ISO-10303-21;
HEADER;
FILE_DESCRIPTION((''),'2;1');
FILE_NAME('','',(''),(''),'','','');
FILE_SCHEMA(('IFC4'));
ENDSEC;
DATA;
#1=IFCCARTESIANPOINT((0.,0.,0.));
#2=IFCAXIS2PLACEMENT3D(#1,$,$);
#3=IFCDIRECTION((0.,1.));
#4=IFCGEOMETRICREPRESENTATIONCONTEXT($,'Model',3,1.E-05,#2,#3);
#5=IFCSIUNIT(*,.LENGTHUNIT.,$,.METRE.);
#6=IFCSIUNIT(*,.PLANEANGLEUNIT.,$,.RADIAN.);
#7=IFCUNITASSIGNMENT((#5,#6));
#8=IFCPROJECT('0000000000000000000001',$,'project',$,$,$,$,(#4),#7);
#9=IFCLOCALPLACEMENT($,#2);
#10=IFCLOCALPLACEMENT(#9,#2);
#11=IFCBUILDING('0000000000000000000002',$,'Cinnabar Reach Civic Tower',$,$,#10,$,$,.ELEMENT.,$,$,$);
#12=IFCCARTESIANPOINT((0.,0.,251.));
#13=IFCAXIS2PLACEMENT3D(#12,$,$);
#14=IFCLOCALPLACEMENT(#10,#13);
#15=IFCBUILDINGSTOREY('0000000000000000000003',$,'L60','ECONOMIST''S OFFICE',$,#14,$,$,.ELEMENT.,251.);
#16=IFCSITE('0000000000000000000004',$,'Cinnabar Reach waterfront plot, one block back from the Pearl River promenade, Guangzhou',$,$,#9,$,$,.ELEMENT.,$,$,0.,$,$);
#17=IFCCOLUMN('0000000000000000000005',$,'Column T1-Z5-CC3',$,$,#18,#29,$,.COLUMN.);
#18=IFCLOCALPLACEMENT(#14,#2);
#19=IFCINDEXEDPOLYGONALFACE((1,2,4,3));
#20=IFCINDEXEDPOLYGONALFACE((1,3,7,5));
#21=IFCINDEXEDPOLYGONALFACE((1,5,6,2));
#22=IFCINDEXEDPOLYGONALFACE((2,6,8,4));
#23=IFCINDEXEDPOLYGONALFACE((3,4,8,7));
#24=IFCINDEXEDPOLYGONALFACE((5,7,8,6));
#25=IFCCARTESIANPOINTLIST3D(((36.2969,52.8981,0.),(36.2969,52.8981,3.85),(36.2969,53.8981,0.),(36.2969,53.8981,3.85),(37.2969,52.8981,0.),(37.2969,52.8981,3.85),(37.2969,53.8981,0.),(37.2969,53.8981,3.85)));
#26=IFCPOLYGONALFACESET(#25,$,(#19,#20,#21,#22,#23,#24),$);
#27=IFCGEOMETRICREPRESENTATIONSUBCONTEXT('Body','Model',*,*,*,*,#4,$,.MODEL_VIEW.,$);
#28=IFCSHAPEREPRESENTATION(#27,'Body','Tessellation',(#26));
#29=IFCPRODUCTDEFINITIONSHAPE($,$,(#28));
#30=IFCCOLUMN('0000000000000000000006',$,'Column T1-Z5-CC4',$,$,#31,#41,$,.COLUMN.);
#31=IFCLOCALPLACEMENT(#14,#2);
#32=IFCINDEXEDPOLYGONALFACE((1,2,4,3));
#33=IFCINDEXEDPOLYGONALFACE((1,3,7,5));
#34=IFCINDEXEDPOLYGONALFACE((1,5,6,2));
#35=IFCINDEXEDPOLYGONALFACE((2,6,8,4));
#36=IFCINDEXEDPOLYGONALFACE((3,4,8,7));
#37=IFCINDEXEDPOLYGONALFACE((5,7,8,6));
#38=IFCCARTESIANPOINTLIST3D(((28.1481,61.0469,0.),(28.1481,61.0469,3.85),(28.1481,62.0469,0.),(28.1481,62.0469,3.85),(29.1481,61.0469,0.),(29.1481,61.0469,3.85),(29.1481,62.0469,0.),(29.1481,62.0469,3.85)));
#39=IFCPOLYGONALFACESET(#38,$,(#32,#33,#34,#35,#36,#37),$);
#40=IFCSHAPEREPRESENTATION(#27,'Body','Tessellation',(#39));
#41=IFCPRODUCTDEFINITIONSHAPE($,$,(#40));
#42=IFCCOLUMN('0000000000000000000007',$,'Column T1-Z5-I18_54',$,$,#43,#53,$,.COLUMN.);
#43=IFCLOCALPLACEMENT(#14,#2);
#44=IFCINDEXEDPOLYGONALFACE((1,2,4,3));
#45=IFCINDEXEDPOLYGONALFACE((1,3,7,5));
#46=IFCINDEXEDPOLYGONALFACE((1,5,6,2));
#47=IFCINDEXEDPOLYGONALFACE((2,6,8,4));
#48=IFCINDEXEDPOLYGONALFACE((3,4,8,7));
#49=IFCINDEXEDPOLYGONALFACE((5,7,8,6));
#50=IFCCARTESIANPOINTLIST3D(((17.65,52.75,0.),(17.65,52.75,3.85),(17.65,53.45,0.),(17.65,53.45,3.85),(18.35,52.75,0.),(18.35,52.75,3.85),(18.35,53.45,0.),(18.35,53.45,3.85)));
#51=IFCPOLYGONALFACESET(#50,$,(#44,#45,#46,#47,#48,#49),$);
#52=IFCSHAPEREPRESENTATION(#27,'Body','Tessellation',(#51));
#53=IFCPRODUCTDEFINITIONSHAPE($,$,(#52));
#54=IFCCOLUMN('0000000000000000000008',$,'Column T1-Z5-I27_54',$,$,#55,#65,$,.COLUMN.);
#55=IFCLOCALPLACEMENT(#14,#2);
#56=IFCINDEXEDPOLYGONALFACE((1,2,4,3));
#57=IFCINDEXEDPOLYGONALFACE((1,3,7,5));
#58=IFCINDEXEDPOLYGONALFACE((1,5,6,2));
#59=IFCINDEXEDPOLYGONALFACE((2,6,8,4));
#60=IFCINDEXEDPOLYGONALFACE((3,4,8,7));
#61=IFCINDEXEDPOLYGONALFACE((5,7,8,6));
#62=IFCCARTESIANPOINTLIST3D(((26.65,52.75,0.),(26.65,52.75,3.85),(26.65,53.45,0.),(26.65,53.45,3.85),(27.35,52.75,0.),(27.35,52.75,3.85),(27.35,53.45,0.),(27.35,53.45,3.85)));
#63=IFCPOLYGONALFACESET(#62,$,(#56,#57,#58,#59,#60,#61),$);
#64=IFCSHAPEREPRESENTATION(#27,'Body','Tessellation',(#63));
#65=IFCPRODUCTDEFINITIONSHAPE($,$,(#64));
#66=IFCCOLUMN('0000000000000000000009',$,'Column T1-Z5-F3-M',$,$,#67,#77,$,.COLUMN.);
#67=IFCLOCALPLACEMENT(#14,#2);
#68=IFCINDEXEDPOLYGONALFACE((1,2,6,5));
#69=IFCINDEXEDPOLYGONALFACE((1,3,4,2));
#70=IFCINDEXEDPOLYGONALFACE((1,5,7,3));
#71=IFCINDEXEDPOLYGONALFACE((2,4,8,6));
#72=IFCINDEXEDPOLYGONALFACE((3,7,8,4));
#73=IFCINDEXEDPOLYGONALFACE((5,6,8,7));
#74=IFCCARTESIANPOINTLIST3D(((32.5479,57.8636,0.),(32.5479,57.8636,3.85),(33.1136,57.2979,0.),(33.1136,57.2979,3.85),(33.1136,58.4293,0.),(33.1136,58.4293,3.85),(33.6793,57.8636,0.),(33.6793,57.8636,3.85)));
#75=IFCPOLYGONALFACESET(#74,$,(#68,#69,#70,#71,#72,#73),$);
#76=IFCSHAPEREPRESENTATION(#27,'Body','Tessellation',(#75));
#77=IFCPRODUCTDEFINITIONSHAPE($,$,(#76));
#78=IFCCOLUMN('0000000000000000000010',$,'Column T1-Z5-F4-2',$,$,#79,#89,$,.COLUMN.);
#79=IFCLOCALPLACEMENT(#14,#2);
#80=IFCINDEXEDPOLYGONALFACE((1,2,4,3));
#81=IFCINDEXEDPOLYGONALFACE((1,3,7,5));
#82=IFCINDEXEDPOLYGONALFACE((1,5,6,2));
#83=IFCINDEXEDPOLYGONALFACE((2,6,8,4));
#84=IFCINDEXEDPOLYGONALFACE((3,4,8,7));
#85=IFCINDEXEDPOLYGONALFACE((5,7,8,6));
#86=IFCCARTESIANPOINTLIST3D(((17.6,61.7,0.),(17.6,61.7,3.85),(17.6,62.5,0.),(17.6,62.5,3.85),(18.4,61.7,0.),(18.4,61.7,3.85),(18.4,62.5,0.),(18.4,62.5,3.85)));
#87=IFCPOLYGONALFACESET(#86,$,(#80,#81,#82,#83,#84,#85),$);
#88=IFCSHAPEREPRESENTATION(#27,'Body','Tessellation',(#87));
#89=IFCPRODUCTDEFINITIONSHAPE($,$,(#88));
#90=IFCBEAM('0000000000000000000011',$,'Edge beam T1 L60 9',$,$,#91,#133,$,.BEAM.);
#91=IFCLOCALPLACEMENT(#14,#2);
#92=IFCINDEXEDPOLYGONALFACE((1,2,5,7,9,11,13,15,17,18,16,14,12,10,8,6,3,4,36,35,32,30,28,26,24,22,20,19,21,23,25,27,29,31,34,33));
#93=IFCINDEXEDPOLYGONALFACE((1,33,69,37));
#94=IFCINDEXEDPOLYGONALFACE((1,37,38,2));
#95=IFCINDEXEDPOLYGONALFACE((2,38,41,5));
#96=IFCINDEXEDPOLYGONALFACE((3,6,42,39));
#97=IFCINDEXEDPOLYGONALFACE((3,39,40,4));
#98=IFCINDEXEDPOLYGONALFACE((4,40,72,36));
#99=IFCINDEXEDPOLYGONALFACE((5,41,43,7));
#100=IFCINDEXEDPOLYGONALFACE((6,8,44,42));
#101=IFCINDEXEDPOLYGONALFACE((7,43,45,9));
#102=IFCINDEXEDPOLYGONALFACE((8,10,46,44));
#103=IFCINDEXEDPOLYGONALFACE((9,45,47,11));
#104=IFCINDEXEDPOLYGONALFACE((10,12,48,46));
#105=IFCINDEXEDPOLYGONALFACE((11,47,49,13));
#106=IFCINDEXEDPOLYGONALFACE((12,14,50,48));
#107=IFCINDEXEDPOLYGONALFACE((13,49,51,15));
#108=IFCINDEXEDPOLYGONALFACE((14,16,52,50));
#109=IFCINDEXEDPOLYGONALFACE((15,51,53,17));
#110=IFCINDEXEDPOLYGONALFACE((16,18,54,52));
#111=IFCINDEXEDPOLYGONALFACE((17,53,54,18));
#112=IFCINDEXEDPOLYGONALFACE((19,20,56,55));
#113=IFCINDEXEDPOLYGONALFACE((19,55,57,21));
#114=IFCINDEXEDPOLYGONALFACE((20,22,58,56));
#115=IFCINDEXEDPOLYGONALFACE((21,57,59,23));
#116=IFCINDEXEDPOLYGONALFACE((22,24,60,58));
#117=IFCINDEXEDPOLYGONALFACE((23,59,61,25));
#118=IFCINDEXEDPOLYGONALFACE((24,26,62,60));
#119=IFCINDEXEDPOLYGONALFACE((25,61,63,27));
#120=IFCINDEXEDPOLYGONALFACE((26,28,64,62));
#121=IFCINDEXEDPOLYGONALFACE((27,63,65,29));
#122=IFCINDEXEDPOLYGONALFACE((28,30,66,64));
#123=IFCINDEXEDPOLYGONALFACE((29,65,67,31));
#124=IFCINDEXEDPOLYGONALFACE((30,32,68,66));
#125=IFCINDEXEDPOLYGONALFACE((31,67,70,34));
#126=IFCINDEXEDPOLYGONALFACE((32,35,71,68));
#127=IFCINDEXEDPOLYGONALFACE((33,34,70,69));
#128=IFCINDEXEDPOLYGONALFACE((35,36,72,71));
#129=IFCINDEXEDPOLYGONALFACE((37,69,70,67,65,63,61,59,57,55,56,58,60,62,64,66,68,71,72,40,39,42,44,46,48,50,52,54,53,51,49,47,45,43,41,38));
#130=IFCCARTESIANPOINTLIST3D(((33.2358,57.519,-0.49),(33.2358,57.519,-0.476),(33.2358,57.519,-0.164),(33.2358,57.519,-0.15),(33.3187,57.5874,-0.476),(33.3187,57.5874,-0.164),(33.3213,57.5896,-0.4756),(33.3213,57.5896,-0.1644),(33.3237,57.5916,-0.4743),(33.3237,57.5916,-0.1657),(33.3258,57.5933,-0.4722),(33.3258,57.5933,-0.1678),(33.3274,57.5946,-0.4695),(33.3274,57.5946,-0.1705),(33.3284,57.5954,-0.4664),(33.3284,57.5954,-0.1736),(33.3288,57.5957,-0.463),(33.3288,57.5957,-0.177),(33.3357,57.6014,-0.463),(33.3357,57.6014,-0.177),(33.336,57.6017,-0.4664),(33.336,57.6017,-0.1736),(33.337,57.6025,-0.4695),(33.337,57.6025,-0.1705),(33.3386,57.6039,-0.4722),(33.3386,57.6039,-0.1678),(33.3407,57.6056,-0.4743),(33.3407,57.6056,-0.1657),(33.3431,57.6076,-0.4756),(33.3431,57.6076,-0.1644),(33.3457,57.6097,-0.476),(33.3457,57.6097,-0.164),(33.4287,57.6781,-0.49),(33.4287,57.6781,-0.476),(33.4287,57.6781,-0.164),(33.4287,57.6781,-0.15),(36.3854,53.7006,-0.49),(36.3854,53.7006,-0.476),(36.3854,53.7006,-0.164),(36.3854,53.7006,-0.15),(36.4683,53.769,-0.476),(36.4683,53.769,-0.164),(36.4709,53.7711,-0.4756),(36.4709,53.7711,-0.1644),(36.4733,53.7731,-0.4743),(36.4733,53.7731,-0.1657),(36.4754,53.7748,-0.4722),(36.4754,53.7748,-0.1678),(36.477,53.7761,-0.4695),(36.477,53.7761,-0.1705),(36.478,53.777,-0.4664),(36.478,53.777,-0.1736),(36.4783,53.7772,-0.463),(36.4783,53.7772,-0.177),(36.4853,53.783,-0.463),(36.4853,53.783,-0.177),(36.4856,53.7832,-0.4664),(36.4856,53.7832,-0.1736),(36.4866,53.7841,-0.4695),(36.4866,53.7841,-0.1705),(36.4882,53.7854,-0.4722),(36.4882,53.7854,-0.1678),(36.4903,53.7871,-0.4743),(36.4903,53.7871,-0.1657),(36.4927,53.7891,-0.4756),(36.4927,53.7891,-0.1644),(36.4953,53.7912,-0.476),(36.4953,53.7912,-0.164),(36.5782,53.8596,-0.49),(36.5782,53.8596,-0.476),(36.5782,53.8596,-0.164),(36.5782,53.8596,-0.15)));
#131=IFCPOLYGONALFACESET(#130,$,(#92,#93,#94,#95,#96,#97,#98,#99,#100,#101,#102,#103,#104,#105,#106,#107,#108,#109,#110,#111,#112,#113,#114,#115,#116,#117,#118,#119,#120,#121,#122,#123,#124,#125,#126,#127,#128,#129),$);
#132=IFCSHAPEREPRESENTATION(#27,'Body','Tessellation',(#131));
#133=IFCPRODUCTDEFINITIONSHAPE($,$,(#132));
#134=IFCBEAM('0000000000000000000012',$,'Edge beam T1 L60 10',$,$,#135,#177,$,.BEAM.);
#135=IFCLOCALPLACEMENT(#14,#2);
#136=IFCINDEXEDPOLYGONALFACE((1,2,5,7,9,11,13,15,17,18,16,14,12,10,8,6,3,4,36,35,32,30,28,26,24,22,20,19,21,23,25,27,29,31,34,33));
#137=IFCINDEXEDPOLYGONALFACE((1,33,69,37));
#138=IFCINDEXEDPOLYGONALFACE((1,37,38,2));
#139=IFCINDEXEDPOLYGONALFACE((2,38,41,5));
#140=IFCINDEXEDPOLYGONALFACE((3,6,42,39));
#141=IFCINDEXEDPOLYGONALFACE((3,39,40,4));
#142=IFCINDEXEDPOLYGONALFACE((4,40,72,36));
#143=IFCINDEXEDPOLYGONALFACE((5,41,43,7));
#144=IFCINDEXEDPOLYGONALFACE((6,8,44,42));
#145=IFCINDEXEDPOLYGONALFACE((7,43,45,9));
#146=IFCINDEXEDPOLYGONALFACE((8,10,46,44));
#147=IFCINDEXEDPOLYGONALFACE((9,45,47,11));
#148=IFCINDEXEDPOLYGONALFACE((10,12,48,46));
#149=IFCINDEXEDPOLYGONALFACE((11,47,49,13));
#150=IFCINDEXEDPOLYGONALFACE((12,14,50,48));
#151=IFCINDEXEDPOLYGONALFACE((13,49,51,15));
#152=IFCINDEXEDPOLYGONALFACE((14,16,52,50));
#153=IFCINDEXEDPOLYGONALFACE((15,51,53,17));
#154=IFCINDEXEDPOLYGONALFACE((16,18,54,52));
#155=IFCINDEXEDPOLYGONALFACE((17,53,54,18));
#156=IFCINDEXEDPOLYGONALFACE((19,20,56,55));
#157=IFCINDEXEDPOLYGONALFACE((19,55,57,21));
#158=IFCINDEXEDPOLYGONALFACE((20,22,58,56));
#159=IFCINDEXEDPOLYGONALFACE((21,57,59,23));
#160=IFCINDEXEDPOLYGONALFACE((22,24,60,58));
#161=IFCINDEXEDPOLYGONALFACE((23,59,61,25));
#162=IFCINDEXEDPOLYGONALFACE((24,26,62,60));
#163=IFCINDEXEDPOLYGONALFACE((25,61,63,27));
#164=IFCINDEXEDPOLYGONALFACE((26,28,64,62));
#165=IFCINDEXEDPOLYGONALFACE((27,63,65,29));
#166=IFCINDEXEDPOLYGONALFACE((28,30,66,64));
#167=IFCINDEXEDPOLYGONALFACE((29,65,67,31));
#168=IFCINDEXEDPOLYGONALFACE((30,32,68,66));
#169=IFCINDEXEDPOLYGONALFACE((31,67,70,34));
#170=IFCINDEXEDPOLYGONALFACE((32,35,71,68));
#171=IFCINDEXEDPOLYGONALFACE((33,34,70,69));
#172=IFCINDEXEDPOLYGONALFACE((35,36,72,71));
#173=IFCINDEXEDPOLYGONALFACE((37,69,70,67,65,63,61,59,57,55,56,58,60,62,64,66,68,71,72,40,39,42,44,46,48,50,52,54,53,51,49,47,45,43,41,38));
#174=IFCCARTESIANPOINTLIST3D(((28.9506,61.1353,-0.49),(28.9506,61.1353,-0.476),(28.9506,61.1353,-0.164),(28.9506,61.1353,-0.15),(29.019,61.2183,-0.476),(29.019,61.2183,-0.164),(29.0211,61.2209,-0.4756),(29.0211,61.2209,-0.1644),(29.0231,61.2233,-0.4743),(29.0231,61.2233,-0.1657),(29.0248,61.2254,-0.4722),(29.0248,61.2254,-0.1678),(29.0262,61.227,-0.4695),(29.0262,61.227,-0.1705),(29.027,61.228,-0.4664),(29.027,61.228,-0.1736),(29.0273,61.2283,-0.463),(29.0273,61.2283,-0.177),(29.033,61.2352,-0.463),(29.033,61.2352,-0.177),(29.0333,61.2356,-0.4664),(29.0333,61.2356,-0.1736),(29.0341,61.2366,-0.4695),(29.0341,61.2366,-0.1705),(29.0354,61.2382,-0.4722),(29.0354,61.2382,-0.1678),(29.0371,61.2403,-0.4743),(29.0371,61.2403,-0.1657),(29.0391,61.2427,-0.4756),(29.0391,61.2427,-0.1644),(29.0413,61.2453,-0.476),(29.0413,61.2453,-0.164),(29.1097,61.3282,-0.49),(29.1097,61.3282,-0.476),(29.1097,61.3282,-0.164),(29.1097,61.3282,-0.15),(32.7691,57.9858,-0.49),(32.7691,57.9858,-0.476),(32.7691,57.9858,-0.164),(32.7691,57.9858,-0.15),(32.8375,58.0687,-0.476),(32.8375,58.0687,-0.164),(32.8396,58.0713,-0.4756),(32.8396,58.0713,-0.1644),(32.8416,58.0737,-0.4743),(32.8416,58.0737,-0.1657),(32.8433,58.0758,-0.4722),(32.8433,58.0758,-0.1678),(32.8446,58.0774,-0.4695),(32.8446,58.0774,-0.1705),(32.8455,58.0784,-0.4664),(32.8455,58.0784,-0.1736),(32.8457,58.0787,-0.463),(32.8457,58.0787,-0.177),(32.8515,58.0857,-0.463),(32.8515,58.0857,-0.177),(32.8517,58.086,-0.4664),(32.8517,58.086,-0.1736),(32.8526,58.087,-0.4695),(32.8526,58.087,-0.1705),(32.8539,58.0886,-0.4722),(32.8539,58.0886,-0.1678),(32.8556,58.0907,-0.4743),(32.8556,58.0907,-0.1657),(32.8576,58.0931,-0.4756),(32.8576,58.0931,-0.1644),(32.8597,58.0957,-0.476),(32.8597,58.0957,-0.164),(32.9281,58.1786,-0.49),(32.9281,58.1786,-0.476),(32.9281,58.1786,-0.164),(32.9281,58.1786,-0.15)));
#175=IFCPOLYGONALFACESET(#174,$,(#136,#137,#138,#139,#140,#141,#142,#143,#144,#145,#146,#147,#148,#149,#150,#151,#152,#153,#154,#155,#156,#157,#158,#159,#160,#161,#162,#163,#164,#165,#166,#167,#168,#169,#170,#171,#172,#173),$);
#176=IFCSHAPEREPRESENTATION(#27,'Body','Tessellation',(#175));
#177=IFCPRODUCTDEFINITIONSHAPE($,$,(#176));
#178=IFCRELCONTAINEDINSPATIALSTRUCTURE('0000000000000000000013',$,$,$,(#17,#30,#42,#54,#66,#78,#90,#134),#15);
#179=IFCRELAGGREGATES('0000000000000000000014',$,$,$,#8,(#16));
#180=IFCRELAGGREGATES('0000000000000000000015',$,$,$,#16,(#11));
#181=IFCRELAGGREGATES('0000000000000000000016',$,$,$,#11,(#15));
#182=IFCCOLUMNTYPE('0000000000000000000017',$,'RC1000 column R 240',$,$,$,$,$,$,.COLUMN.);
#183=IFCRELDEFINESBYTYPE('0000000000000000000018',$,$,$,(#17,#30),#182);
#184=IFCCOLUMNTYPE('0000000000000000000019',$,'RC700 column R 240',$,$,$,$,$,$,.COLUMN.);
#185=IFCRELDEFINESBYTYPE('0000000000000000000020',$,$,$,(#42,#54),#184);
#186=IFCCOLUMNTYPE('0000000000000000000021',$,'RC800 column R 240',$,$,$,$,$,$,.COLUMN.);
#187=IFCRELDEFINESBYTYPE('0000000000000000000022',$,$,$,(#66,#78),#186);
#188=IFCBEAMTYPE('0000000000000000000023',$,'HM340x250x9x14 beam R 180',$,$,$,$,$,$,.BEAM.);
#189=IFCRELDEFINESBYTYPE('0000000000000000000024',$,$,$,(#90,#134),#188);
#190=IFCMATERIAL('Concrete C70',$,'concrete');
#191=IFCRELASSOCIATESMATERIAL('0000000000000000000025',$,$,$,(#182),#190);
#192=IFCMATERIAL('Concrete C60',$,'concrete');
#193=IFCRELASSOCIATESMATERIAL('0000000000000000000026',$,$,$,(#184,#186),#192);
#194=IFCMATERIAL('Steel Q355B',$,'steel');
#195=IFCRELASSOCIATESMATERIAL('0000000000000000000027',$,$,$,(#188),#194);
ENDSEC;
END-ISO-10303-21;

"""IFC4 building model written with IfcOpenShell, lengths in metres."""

from ifc_helpers import new_model, si_unit, direction, frame, origin, origin_2d, place, context, subcontext, project, spatial, rectangle, i_section, extrude, material, material_profile, profile_set, type_object, element, save


model = new_model("IFC4")

# Units and contexts
model_context = context("Model", 3, precision=1e-05, world=origin(), true_north=direction((0.0, 1.0)))
body_context = subcontext(model_context, "Body", "Model", "MODEL_VIEW")
ifc_project = project(units=[si_unit("LENGTHUNIT", "METRE"), si_unit("PLANEANGLEUNIT", "RADIAN")], contexts=[model_context])

# Site, building, storey
site_placement = place(None, origin())
site = spatial("IfcSite", under=ifc_project, at=site_placement, Name="Cinnabar Reach waterfront plot, one block back from the Pearl River promenade, Guangzhou", CompositionType="ELEMENT", RefElevation=0.0)
building_placement = place(site_placement, origin())
building = spatial("IfcBuilding", under=site, at=building_placement, Name="Cinnabar Reach Civic Tower", CompositionType="ELEMENT")
storey_placement = place(building_placement, frame((0.0, 0.0, 251.0)))
storey = spatial("IfcBuildingStorey", under=building, at=storey_placement, Name="L60", Description="ECONOMIST'S OFFICE", CompositionType="ELEMENT", Elevation=251.0)

# Columns
ifc_material_1 = material(Name="Concrete C70", Category="concrete")
ifc_material_profile_1 = material_profile(ifc_material_1, rectangle(XDim=1.0, YDim=1.0, at=origin_2d()), Name="RC1000")
ifc_profile_set_1 = profile_set([ifc_material_profile_1], Name="Concrete C70")
column_type_1 = type_object("IfcColumnType", Name="RC1000 column R 240", PredefinedType="COLUMN", material=ifc_profile_set_1)
for number, where, z_axis, x_axis, name in (
    (1, (36.7969, 53.3981, 0.0), (0.0, 0.0, 1.0), (1.0, 0.0, 0.0), "Column T1-Z5-CC3"),
    (2, (28.6481, 61.5469, 0.0), (0.0, 0.0, 1.0), (1.0, 0.0, 0.0), "Column T1-Z5-CC4"),
):
    element("IfcColumn", number, at=place(storey_placement, frame(where, z_axis=z_axis, x_axis=x_axis)), inside=storey, type_object=column_type_1, Name=name, PredefinedType="COLUMN", context=body_context, shape_type="SweptSolid", body=[
        extrude(rectangle(XDim=1.0, YDim=1.0, at=origin_2d()), origin(), (0.0, 0.0, 1.0), 3.85),
    ])
ifc_material_2 = material(Name="Concrete C60", Category="concrete")
ifc_material_profile_2 = material_profile(ifc_material_2, rectangle(XDim=0.7, YDim=0.7, at=origin_2d()), Name="RC700")
ifc_profile_set_2 = profile_set([ifc_material_profile_2], Name="Concrete C60")
column_type_2 = type_object("IfcColumnType", Name="RC700 column R 240", PredefinedType="COLUMN", material=ifc_profile_set_2)
for number, where, z_axis, x_axis, name in (
    (3, (18.0, 53.1, 0.0), (0.0, 0.0, 1.0), (1.0, 0.0, 0.0), "Column T1-Z5-I18_54"),
    (4, (27.0, 53.1, 0.0), (0.0, 0.0, 1.0), (1.0, 0.0, 0.0), "Column T1-Z5-I27_54"),
):
    element("IfcColumn", number, at=place(storey_placement, frame(where, z_axis=z_axis, x_axis=x_axis)), inside=storey, type_object=column_type_2, Name=name, PredefinedType="COLUMN", context=body_context, shape_type="SweptSolid", body=[
        extrude(rectangle(XDim=0.7, YDim=0.7, at=origin_2d()), origin(), (0.0, 0.0, 1.0), 3.85),
    ])
ifc_material_profile_3 = material_profile(ifc_material_2, rectangle(XDim=0.8, YDim=0.8, at=origin_2d()), Name="RC800")
ifc_profile_set_3 = profile_set([ifc_material_profile_3], Name="Concrete C60")
column_type_3 = type_object("IfcColumnType", Name="RC800 column R 240", PredefinedType="COLUMN", material=ifc_profile_set_3)
for number, where, z_axis, x_axis, name in (
    (5, (33.1136, 57.8636, 0.0), (0.0, 0.0, 1.0), (0.707107, 0.707107, 0.0), "Column T1-Z5-F3-M"),
    (6, (18.0, 62.1, 0.0), (0.0, 0.0, 1.0), (1.0, 0.0, 0.0), "Column T1-Z5-F4-2"),
):
    element("IfcColumn", number, at=place(storey_placement, frame(where, z_axis=z_axis, x_axis=x_axis)), inside=storey, type_object=column_type_3, Name=name, PredefinedType="COLUMN", context=body_context, shape_type="SweptSolid", body=[
        extrude(rectangle(XDim=0.8, YDim=0.8, at=origin_2d()), origin(), (0.0, 0.0, 1.0), 3.85),
    ])

# Beams
ifc_material_3 = material(Name="Steel Q355B", Category="steel")
ifc_material_profile_4 = material_profile(ifc_material_3, i_section(OverallWidth=0.25, OverallDepth=0.34, WebThickness=0.009, FlangeThickness=0.014, FilletRadius=0.013, at=origin_2d()), Name="HM340x250x9x14")
ifc_profile_set_4 = profile_set([ifc_material_profile_4], Name="Steel Q355B")
beam_type_1 = type_object("IfcBeamType", Name="HM340x250x9x14 beam R 180", PredefinedType="BEAM", material=ifc_profile_set_4)
for number, where, z_axis, x_axis, name in (
    (7, (36.4818, 53.7801, -0.32), (-0.636303, 0.771439, 0.0), (-0.771439, -0.636303, 0.0), "Edge beam T1 L60 9"),
    (8, (32.8486, 58.0822, -0.32), (-0.771439, 0.636303, 0.0), (-0.636303, -0.771439, 0.0), "Edge beam T1 L60 10"),
):
    element("IfcBeam", number, at=place(storey_placement, frame(where, z_axis=z_axis, x_axis=x_axis)), inside=storey, type_object=beam_type_1, Name=name, PredefinedType="BEAM", context=body_context, shape_type="SweptSolid", body=[
        extrude(i_section(OverallWidth=0.25, OverallDepth=0.34, WebThickness=0.009, FlangeThickness=0.014, FilletRadius=0.013, at=origin_2d()), origin(), (0.0, 0.0, 1.0), 4.9498),
    ])

save(model, "model.ifc")
